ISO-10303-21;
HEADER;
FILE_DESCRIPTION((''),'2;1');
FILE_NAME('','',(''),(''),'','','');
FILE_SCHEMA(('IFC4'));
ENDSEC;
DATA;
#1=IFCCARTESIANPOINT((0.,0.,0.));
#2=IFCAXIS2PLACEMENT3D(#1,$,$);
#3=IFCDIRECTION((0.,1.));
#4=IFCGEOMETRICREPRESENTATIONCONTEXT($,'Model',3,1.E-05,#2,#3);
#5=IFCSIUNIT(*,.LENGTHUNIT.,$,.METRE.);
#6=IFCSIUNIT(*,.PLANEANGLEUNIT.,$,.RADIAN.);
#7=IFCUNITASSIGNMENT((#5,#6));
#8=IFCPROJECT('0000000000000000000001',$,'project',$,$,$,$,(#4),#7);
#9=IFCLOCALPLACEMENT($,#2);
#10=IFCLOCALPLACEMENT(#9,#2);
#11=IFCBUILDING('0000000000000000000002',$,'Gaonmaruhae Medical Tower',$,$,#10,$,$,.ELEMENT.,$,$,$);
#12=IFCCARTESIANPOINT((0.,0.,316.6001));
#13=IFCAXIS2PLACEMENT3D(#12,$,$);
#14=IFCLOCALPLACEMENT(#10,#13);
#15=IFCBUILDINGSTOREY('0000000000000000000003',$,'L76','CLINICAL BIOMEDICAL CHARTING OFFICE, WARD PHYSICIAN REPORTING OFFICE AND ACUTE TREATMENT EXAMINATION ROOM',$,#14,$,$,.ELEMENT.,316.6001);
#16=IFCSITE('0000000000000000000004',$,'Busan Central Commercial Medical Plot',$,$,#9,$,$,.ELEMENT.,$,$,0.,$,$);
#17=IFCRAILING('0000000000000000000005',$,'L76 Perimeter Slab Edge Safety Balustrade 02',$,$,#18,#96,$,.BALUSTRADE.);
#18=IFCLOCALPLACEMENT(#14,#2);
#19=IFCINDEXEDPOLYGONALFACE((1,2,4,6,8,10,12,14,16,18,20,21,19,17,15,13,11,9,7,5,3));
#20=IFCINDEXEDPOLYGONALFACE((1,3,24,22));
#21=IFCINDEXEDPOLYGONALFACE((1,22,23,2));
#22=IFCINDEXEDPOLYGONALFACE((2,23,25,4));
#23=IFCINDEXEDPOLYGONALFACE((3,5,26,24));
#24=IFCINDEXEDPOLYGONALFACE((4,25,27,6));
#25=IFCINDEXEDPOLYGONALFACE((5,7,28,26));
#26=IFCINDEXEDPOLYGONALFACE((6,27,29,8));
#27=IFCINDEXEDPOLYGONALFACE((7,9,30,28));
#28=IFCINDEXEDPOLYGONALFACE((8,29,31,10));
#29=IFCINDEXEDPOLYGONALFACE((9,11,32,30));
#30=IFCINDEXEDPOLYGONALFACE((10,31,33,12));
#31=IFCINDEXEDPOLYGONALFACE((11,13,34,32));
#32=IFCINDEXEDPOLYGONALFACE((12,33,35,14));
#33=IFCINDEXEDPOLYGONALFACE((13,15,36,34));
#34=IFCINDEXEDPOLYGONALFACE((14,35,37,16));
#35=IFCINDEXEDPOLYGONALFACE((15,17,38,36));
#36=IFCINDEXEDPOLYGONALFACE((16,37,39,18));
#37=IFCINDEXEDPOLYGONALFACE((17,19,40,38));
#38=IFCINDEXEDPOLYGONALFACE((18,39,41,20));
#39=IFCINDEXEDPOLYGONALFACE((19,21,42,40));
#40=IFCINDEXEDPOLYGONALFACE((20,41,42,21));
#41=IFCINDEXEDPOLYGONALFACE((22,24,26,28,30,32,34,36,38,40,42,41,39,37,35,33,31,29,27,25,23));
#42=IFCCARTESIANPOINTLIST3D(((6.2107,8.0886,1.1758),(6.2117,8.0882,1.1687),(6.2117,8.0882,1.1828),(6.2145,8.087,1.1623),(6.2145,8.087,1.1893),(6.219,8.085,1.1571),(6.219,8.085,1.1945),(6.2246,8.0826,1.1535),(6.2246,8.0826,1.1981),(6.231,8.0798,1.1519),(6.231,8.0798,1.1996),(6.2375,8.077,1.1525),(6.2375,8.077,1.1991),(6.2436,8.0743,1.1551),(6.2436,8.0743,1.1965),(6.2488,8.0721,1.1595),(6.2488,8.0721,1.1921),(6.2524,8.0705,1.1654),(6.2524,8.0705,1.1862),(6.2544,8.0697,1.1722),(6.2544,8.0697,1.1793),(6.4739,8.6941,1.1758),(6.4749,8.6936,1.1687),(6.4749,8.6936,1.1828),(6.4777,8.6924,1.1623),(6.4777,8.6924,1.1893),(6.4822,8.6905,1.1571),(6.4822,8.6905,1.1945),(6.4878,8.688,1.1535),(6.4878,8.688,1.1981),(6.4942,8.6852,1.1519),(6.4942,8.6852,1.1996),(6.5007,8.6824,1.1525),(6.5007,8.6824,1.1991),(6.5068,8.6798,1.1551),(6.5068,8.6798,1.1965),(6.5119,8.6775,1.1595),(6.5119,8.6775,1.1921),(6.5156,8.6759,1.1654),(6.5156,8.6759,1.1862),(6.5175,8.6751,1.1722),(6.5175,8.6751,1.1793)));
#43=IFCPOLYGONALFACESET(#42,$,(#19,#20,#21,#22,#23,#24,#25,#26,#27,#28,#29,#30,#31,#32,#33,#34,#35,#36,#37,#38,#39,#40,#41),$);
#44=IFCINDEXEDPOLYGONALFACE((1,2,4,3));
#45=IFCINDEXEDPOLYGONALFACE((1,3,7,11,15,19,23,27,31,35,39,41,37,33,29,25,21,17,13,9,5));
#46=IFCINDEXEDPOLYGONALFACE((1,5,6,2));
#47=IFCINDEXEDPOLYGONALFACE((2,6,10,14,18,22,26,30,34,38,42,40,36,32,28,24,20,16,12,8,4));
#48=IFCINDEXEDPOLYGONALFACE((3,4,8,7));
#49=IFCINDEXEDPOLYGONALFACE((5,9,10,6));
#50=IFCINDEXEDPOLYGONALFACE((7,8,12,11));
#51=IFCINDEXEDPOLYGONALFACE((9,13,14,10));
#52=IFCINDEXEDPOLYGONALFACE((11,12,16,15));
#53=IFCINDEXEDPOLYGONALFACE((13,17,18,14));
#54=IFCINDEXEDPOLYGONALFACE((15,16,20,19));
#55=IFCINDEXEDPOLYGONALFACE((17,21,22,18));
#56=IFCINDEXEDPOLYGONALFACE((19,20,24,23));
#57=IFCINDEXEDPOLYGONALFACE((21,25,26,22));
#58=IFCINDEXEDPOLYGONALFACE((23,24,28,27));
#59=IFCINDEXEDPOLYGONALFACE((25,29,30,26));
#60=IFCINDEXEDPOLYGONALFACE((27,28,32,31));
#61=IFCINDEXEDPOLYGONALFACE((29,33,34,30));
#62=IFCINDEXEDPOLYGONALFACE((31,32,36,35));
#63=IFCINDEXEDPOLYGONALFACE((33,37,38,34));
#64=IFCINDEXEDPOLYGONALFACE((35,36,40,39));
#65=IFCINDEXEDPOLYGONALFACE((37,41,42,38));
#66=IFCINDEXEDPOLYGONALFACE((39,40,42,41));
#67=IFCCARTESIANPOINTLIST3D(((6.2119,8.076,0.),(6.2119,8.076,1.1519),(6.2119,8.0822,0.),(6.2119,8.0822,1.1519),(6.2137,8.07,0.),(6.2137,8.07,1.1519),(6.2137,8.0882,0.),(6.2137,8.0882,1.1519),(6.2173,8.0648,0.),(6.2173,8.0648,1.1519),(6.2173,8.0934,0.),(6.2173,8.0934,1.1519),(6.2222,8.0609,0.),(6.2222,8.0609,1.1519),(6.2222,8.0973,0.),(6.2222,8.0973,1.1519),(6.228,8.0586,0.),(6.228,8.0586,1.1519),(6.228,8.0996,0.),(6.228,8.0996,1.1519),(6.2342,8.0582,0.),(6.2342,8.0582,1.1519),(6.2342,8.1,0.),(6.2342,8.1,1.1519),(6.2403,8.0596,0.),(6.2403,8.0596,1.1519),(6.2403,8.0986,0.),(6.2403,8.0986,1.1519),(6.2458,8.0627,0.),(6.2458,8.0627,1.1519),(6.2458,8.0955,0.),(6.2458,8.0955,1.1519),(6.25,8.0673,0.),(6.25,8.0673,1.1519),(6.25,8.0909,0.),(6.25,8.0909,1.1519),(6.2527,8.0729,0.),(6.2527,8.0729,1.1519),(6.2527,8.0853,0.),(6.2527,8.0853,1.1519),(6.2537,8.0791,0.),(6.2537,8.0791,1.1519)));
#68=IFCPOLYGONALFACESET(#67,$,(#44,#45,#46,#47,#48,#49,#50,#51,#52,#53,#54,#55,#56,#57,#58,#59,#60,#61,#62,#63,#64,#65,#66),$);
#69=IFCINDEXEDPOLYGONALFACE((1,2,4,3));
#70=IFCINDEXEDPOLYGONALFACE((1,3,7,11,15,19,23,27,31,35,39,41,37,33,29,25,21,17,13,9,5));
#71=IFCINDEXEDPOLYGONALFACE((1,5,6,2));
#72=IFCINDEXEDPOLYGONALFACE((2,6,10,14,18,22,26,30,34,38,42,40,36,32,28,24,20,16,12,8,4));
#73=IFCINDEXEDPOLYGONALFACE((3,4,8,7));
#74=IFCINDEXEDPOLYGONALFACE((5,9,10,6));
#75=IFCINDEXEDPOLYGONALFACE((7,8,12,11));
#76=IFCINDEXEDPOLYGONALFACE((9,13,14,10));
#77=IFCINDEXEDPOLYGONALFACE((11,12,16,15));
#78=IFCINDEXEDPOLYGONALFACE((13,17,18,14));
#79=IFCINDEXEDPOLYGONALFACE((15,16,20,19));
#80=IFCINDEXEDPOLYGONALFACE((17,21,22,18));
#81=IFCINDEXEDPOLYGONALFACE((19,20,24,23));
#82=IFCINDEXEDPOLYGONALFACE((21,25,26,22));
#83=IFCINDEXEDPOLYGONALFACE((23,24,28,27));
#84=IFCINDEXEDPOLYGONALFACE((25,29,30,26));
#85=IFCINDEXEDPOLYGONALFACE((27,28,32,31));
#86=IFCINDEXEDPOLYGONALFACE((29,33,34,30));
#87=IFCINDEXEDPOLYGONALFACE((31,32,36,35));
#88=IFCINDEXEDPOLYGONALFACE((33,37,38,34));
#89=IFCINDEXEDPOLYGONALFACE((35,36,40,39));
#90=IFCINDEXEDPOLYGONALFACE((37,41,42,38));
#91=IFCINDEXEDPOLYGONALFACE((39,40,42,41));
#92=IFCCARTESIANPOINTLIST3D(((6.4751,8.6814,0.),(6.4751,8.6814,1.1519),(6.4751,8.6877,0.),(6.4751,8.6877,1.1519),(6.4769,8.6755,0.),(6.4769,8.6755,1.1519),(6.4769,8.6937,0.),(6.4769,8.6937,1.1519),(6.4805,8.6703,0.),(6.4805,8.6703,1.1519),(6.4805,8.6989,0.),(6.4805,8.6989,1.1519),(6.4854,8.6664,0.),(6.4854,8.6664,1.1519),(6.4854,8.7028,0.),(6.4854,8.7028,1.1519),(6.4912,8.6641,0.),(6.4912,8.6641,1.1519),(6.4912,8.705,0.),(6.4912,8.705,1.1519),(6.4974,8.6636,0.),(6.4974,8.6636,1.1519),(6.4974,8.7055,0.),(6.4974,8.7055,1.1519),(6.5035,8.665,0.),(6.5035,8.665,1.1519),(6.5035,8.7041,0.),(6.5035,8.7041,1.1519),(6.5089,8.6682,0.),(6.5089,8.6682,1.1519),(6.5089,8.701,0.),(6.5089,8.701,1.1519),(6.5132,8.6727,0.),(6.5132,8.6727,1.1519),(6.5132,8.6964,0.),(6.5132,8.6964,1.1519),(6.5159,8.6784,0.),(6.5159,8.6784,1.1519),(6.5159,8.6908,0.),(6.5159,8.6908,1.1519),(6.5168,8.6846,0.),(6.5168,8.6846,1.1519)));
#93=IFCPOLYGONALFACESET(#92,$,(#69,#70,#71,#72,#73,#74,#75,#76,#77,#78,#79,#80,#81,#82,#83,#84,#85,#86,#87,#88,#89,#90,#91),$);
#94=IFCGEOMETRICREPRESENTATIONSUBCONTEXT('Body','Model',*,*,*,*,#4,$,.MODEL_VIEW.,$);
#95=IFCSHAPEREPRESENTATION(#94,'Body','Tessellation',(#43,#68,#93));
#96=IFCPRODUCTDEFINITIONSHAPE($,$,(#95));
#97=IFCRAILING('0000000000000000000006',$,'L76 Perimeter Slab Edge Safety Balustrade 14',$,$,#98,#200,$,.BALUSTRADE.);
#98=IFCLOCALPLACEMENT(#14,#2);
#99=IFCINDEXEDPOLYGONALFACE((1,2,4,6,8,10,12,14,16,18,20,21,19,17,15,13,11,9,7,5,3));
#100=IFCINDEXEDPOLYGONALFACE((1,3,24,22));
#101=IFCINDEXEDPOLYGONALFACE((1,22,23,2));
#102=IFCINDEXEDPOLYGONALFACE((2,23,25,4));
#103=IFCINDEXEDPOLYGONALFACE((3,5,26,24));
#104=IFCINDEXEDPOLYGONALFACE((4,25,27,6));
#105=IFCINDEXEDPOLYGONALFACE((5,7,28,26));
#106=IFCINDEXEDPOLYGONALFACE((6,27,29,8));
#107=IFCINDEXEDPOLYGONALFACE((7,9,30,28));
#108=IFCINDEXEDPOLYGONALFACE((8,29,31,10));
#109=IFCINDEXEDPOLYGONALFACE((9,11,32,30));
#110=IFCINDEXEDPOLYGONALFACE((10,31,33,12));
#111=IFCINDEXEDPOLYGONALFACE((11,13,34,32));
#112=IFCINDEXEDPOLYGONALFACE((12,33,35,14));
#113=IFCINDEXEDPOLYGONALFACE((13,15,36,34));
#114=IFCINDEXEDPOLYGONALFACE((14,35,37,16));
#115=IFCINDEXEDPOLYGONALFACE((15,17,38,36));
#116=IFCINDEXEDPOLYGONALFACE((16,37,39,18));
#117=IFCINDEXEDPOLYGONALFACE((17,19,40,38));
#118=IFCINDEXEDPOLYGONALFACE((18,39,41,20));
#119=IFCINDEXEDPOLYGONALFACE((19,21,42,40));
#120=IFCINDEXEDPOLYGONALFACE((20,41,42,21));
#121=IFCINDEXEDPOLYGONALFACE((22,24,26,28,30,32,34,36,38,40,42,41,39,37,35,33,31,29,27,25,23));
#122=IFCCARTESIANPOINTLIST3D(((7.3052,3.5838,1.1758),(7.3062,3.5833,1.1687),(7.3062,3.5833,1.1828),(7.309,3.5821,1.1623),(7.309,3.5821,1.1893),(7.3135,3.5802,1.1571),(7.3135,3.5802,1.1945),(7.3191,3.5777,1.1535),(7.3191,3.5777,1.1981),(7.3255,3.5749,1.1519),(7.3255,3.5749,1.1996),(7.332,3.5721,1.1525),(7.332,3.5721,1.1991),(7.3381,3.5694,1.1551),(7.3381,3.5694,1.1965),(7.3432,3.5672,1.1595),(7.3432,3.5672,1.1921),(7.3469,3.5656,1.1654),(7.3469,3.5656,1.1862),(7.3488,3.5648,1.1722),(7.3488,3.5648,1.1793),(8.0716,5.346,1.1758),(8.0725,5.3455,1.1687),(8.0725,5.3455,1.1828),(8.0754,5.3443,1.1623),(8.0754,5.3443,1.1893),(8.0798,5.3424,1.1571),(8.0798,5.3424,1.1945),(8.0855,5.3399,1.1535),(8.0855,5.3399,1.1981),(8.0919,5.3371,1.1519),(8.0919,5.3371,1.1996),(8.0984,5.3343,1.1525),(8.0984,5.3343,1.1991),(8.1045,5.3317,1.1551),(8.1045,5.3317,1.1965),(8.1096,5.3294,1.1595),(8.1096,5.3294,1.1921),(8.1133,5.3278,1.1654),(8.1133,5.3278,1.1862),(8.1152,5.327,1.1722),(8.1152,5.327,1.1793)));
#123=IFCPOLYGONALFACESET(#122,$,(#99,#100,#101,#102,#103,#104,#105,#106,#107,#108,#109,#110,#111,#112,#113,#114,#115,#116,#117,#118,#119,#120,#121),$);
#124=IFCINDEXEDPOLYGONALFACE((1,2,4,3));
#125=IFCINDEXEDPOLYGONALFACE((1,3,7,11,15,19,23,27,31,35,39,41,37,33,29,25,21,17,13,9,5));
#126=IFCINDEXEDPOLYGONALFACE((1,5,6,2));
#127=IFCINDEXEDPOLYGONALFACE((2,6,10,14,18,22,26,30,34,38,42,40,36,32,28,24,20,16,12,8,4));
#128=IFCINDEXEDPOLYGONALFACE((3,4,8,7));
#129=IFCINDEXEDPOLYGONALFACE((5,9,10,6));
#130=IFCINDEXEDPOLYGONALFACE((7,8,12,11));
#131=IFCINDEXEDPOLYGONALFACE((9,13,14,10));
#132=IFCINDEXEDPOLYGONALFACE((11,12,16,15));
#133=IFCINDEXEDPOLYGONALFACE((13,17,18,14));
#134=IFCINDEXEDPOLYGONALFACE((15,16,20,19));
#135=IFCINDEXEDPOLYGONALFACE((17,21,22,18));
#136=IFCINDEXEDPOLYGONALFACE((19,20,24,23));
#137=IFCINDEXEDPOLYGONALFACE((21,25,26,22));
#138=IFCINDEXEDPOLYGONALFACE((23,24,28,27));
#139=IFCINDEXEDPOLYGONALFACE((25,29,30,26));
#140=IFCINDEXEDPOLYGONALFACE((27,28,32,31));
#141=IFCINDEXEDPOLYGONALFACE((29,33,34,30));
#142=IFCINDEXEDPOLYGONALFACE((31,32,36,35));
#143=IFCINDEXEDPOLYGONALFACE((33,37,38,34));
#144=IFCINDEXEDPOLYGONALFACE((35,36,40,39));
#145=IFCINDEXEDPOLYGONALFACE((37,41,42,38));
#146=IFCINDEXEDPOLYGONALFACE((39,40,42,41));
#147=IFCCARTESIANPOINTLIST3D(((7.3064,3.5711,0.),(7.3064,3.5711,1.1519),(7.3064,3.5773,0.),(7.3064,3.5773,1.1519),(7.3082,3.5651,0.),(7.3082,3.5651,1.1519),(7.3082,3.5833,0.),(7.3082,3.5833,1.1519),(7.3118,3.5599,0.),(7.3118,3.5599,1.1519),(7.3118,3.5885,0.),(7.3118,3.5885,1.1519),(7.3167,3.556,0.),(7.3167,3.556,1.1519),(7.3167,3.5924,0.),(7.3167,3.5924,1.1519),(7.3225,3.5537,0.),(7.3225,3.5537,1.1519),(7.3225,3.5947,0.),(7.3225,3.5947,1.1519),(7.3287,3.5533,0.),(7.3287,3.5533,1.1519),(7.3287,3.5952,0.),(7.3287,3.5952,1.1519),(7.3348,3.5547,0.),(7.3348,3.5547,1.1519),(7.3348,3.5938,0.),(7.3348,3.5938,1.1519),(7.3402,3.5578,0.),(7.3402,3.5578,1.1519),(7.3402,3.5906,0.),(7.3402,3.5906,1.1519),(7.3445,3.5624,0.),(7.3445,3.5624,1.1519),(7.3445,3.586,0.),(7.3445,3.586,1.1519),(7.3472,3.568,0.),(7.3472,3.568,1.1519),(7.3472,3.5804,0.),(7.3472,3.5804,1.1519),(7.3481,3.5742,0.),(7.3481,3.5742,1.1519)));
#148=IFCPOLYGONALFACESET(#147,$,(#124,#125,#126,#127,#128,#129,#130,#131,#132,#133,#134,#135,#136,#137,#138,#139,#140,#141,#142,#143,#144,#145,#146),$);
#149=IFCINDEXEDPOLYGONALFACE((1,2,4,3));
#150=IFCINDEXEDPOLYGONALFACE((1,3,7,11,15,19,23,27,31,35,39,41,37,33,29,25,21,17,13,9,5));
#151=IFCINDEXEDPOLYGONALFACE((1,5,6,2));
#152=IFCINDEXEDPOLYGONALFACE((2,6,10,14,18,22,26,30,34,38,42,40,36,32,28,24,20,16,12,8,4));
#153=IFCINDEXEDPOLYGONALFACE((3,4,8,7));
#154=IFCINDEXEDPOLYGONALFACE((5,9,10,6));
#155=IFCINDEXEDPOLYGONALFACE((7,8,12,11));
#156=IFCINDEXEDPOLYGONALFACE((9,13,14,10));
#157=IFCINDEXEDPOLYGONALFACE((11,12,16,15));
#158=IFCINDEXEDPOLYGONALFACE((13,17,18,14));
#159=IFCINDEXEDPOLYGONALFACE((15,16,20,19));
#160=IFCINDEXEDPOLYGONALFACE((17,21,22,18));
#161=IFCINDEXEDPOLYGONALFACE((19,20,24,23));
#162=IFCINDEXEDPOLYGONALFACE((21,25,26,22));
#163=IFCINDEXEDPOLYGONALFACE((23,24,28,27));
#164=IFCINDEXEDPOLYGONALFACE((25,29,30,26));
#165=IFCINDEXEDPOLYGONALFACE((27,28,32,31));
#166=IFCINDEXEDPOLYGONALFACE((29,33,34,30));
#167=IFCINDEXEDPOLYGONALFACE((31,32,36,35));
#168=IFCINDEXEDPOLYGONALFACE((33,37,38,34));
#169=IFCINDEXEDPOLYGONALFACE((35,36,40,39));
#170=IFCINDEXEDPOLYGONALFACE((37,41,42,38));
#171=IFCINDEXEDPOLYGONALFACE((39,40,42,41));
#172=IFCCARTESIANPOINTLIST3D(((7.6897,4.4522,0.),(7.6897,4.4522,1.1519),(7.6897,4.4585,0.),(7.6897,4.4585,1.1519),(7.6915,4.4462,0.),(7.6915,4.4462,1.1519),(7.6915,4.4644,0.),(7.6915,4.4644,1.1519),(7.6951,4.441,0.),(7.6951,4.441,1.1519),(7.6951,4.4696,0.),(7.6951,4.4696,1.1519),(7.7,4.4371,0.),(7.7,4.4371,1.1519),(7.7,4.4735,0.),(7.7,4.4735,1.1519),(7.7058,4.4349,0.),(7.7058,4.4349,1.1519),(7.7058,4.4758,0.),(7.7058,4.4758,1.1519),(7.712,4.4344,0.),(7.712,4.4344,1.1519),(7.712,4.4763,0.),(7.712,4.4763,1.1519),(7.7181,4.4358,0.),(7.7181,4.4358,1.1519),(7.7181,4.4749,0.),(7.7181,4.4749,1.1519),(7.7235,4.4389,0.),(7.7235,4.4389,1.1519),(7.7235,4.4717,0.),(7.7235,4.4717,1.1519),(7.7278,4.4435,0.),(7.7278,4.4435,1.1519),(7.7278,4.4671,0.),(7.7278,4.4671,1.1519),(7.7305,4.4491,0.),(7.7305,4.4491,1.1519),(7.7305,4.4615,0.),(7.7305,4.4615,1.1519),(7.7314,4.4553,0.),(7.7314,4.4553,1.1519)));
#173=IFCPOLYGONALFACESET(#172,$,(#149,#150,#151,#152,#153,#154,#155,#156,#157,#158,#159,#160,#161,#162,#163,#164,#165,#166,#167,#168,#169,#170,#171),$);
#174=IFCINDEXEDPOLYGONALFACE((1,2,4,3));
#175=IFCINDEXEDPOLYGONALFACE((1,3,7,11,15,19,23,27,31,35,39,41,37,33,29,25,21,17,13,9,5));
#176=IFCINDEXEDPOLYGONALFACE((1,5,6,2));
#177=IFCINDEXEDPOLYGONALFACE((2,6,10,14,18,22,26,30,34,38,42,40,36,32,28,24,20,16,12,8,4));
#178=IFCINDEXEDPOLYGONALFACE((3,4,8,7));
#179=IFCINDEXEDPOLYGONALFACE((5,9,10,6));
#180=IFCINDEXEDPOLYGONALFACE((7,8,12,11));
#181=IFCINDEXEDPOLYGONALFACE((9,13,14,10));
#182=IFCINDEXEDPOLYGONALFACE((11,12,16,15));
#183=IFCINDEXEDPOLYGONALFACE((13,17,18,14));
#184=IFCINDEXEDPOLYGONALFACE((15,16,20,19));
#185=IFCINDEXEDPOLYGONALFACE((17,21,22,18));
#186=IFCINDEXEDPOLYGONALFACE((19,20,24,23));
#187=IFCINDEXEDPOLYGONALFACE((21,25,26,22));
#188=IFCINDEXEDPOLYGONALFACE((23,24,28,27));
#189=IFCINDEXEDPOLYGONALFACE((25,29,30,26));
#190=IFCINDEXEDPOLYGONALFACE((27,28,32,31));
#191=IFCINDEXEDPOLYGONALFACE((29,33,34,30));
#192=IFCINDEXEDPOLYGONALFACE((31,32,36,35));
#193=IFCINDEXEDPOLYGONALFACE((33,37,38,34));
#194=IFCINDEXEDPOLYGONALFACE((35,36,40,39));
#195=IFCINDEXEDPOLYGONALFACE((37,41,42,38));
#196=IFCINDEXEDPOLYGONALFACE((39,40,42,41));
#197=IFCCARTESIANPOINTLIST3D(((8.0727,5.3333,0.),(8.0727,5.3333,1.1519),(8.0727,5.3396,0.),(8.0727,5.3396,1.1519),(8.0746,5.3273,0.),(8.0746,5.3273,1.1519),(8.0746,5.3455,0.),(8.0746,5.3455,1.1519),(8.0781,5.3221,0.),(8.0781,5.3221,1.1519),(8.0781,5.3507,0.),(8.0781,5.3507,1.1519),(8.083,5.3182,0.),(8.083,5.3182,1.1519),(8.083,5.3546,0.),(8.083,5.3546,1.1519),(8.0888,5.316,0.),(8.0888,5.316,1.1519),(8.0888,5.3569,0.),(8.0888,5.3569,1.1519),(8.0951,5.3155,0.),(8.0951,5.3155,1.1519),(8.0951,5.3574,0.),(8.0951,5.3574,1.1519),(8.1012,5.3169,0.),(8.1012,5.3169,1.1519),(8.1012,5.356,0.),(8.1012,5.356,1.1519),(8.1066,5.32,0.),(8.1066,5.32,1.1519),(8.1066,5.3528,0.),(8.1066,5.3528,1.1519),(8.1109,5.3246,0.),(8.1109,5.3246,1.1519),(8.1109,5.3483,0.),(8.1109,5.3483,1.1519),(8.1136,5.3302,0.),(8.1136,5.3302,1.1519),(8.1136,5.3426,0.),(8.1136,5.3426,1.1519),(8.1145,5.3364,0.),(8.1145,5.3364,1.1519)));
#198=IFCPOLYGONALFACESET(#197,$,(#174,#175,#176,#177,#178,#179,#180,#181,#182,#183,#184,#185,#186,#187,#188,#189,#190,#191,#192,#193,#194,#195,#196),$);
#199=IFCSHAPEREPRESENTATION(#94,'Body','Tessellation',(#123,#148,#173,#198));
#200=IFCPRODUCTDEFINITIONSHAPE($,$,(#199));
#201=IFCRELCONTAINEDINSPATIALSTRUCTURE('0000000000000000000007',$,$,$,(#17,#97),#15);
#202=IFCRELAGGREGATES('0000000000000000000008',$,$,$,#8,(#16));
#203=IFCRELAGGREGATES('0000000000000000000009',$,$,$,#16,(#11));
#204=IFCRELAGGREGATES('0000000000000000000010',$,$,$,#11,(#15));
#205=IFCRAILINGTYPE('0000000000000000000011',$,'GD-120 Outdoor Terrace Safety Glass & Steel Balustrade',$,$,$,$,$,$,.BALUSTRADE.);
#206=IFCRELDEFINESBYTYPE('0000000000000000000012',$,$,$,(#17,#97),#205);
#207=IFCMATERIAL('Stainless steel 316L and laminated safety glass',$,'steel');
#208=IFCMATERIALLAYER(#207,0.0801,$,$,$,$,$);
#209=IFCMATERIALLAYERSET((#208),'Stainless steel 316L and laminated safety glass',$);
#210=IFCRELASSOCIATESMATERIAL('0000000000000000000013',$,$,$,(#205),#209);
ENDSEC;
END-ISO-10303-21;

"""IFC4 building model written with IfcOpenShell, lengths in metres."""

from ifc_helpers import new_model, si_unit, direction, frame, origin, origin_2d, place, context, subcontext, project, spatial, circle, extrude, material, layer, layer_set, type_object, element, save


model = new_model("IFC4")

# Units and contexts
model_context = context("Model", 3, precision=1e-05, world=origin(), true_north=direction((0.0, 1.0)))
body_context = subcontext(model_context, "Body", "Model", "MODEL_VIEW")
ifc_project = project(units=[si_unit("LENGTHUNIT", "METRE"), si_unit("PLANEANGLEUNIT", "RADIAN")], contexts=[model_context])

# Site, building, storey
site_placement = place(None, origin())
site = spatial("IfcSite", under=ifc_project, at=site_placement, Name="Busan Central Commercial Medical Plot", CompositionType="ELEMENT", RefElevation=0.0)
building_placement = place(site_placement, origin())
building = spatial("IfcBuilding", under=site, at=building_placement, Name="Gaonmaruhae Medical Tower", CompositionType="ELEMENT")
storey_placement = place(building_placement, frame((0.0, 0.0, 316.6001)))
storey = spatial("IfcBuildingStorey", under=building, at=storey_placement, Name="L76", Description="CLINICAL BIOMEDICAL CHARTING OFFICE, WARD PHYSICIAN REPORTING OFFICE AND ACUTE TREATMENT EXAMINATION ROOM", CompositionType="ELEMENT", Elevation=316.6001)

# Railings
ifc_material_1 = material(Name="Stainless steel 316L and laminated safety glass", Category="steel")
ifc_layer_1 = layer(ifc_material_1, 0.0801)
ifc_layer_set_1 = layer_set([ifc_layer_1], Name="Stainless steel 316L and laminated safety glass")
railing_type = type_object("IfcRailingType", Name="GD-120 Outdoor Terrace Safety Glass & Steel Balustrade", PredefinedType="BALUSTRADE", material=ifc_layer_set_1)
railing_1_placement = place(storey_placement, frame((6.2327, 8.0791, 0.0)))
element("IfcRailing", 1, at=railing_1_placement, inside=storey, type_object=railing_type, Name="L76 Perimeter Slab Edge Safety Balustrade 02", PredefinedType="BALUSTRADE", context=body_context, shape_type="SweptSolid", body=[
    extrude(circle(Radius=0.0239, at=origin_2d()), frame((0.0, 0.0, 1.1758), z_axis=(0.398645, 0.917105, 0.0), x_axis=(-0.917105, 0.398645, 0.0)), (0.0, 0.0, 1.0), 0.6602),
    extrude(circle(Radius=0.021, at=origin_2d()), origin(), (0.0, 0.0, 1.0), 1.1519),
    extrude(circle(Radius=0.021, at=origin_2d()), frame((0.2632, 0.6055, 0.0)), (0.0, 0.0, 1.0), 1.1519),
])
railing_2_placement = place(storey_placement, frame((7.3271, 3.5742, 0.0)))
element("IfcRailing", 2, at=railing_2_placement, inside=storey, type_object=railing_type, Name="L76 Perimeter Slab Edge Safety Balustrade 14", PredefinedType="BALUSTRADE", context=body_context, shape_type="SweptSolid", body=[
    extrude(circle(Radius=0.0239, at=origin_2d()), frame((0.0, 0.0, 1.1758), z_axis=(0.398805, 0.917036, 0.0), x_axis=(-0.917036, 0.398805, 0.0)), (0.0, 0.0, 1.0), 1.9216),
    extrude(circle(Radius=0.021, at=origin_2d()), origin(), (0.0, 0.0, 1.0), 1.1519),
    extrude(circle(Radius=0.021, at=origin_2d()), frame((0.3833, 0.8811, 0.0)), (0.0, 0.0, 1.0), 1.1519),
    extrude(circle(Radius=0.021, at=origin_2d()), frame((0.7664, 1.7622, 0.0)), (0.0, 0.0, 1.0), 1.1519),
])

save(model, "model.ifc")
